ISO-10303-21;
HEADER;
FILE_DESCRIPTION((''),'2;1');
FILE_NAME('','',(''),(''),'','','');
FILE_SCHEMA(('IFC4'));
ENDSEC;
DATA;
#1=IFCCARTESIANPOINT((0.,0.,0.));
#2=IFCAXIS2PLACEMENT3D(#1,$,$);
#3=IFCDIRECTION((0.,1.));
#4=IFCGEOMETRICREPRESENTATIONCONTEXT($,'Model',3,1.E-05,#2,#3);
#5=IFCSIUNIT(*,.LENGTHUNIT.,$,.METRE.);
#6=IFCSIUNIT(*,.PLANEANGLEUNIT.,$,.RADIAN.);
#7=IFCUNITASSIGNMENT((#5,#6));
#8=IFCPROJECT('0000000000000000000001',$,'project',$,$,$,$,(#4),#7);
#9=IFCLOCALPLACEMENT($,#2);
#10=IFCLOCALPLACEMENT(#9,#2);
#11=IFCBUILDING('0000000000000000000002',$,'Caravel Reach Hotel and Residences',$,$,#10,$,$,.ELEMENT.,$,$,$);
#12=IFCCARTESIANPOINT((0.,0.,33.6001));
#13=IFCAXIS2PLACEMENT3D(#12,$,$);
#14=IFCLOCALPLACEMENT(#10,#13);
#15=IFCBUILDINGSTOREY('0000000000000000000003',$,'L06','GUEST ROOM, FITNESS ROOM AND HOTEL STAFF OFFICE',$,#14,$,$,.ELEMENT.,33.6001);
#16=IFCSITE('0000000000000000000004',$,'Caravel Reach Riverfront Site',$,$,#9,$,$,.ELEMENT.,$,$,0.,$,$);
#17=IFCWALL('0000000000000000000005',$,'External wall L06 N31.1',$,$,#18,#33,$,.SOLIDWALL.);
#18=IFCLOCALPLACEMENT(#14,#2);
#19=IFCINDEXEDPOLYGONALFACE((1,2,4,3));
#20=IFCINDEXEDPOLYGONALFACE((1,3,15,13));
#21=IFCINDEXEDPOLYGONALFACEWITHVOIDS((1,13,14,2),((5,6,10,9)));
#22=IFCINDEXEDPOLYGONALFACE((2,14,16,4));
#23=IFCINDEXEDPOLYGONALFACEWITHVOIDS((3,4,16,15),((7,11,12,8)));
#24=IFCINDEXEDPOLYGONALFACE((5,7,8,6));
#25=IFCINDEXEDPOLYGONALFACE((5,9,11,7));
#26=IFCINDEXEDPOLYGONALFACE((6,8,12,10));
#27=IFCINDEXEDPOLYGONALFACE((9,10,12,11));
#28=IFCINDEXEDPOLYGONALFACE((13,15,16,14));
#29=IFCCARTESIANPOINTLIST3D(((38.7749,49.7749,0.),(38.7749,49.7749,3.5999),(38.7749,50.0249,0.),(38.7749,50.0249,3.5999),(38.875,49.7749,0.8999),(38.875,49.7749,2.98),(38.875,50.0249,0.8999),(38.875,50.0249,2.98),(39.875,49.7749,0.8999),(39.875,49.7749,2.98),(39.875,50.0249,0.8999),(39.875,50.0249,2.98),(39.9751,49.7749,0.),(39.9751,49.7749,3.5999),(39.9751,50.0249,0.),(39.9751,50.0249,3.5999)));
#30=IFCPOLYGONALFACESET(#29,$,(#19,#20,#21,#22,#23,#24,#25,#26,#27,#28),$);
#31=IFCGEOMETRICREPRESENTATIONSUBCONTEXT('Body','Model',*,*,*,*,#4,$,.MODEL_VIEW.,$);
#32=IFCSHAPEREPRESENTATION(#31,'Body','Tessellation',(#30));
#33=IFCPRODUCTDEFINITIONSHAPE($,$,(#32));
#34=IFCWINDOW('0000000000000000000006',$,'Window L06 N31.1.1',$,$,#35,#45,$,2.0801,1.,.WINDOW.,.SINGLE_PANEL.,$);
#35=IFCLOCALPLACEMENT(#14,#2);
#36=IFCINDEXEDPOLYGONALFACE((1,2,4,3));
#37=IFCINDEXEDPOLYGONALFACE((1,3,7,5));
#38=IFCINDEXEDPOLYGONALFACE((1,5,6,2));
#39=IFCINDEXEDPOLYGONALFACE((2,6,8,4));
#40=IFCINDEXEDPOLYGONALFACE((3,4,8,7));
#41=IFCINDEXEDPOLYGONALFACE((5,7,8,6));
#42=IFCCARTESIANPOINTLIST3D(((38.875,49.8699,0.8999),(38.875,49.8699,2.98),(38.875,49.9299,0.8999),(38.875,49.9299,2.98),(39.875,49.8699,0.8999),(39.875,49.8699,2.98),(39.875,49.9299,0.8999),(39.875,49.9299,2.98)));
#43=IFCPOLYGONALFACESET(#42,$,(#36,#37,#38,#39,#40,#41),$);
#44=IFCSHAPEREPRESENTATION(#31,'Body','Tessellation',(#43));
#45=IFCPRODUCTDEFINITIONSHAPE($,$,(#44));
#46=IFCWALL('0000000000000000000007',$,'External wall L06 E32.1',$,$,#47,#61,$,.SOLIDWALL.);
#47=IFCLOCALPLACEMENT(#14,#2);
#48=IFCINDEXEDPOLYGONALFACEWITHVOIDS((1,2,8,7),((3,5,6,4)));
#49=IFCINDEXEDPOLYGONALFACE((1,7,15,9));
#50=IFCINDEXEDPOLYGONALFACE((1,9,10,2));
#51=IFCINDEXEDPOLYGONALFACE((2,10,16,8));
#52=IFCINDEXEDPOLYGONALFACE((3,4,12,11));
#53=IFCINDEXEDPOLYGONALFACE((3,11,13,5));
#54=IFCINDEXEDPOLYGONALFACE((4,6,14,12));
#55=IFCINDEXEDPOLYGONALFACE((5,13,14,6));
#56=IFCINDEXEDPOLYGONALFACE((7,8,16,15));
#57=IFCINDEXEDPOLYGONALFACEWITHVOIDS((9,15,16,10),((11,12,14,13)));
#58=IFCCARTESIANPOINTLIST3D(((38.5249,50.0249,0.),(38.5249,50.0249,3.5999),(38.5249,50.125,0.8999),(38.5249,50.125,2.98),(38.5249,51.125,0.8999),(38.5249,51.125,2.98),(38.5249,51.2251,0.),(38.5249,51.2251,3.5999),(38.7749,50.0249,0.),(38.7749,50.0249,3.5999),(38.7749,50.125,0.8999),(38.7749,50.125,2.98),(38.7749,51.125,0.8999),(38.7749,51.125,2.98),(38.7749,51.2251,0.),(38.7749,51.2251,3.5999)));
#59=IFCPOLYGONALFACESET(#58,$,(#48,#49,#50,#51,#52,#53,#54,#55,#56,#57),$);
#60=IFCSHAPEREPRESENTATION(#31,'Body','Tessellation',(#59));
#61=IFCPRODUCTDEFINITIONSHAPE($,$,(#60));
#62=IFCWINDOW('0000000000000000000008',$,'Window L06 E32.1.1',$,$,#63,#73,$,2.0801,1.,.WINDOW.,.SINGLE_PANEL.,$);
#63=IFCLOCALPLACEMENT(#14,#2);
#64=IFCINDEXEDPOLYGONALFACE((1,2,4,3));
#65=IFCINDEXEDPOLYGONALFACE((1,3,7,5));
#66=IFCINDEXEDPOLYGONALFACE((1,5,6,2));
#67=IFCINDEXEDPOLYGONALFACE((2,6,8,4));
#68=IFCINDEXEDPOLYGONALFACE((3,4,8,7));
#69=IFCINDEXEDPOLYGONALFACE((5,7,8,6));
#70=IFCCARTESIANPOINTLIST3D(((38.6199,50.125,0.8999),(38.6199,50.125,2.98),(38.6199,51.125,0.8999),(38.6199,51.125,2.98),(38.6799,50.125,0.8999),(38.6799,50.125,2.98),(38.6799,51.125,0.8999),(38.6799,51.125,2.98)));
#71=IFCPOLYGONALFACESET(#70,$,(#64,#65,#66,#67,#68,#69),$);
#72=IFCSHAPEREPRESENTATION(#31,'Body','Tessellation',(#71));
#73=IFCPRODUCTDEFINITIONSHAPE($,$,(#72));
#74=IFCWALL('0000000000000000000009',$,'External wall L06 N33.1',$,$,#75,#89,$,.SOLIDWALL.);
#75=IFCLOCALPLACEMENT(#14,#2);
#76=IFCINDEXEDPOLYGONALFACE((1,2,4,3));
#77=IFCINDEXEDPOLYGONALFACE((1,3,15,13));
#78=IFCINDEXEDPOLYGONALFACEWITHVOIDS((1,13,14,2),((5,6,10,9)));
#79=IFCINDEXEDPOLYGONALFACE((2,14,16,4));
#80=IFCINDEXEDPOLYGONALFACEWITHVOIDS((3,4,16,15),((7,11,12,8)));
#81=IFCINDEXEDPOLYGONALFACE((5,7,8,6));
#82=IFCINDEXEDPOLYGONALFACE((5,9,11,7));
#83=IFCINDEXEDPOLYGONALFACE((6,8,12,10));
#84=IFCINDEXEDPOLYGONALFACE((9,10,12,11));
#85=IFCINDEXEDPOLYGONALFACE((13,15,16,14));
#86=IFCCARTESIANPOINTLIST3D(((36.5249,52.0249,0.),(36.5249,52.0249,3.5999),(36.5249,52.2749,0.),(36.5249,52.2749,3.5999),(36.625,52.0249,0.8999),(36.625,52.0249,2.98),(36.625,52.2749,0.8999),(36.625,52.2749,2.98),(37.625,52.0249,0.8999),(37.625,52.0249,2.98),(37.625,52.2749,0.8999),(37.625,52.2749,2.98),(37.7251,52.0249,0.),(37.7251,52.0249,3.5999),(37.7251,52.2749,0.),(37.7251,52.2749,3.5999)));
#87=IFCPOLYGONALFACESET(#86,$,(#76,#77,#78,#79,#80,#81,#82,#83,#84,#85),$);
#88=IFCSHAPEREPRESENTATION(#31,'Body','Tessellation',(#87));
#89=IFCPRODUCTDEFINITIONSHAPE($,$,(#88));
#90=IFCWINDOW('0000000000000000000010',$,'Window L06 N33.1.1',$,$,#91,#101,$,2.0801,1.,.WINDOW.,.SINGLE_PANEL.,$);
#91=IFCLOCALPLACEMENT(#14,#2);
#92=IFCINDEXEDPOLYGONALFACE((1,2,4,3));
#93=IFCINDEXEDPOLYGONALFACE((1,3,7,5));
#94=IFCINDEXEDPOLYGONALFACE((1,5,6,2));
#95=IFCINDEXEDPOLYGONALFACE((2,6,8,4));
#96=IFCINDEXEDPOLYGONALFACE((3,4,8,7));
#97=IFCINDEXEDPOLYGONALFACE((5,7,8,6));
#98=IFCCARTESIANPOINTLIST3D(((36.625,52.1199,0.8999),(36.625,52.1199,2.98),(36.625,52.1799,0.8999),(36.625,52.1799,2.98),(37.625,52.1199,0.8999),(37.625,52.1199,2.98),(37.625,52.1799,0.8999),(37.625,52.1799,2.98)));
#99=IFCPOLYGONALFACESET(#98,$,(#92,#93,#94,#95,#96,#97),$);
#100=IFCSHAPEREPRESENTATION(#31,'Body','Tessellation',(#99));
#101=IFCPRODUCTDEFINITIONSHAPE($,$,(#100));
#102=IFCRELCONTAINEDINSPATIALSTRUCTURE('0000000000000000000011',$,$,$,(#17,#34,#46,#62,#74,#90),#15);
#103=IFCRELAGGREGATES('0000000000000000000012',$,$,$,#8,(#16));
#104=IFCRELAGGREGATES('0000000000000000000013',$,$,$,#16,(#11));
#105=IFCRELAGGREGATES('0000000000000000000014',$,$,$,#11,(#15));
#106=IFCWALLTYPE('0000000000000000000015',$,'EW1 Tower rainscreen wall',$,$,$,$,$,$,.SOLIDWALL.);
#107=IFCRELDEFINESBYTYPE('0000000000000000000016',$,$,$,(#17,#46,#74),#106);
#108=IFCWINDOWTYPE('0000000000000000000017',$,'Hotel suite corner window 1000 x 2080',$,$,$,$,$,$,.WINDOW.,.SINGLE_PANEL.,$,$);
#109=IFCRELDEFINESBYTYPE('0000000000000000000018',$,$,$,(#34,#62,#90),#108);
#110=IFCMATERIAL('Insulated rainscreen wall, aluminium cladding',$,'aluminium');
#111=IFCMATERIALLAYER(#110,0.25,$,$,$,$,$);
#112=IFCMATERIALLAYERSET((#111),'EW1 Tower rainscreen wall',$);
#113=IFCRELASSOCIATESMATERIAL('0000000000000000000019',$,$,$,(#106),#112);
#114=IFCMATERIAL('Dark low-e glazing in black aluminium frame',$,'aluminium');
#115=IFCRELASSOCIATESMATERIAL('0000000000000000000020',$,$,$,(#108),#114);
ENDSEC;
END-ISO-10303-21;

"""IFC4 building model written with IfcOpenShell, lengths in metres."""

from ifc_helpers import new_model, si_unit, direction, frame, frame_2d, origin, place, context, subcontext, project, spatial, rectangle, extrude, material, layer, layer_set, type_object, element, fill, save


model = new_model("IFC4")

# Units and contexts
model_context = context("Model", 3, precision=1e-05, world=origin(), true_north=direction((0.0, 1.0)))
body_context = subcontext(model_context, "Body", "Model", "MODEL_VIEW")
ifc_project = project(units=[si_unit("LENGTHUNIT", "METRE"), si_unit("PLANEANGLEUNIT", "RADIAN")], contexts=[model_context])

# Site, building, storey
site_placement = place(None, origin())
site = spatial("IfcSite", under=ifc_project, at=site_placement, Name="Caravel Reach Riverfront Site", CompositionType="ELEMENT", RefElevation=0.0)
building_placement = place(site_placement, origin())
building = spatial("IfcBuilding", under=site, at=building_placement, Name="Caravel Reach Hotel and Residences", CompositionType="ELEMENT")
storey_placement = place(building_placement, frame((0.0, 0.0, 33.6001)))
storey = spatial("IfcBuildingStorey", under=building, at=storey_placement, Name="L06", Description="GUEST ROOM, FITNESS ROOM AND HOTEL STAFF OFFICE", CompositionType="ELEMENT", Elevation=33.6001)

# Walls, openings, windows
ifc_material_1 = material(Name="Insulated rainscreen wall, aluminium cladding", Category="aluminium")
ifc_layer = layer(ifc_material_1, 0.25)
ifc_layer_set = layer_set([ifc_layer], Name="EW1 Tower rainscreen wall")
wall_type = type_object("IfcWallType", Name="EW1 Tower rainscreen wall", PredefinedType="SOLIDWALL", material=ifc_layer_set)
wall_1_placement = place(storey_placement, frame((39.9751, 49.8999, 0.0), z_axis=(0.0, 0.0, 1.0), x_axis=(-1.0, 0.0, 0.0)))
wall_1 = element("IfcWall", 1, at=wall_1_placement, inside=storey, type_object=wall_type, Name="External wall L06 N31.1", PredefinedType="SOLIDWALL", context=body_context, shape_type="SweptSolid", body=[
    extrude(rectangle(XDim=1.2002, YDim=0.25, at=frame_2d((0.6001, 0.0))), origin(), (0.0, 0.0, 1.0), 3.5999),
])
opening_1_placement = place(wall_1_placement, frame((0.1001, 0.0, 0.8999)))
opening_1 = element("IfcOpeningElement", 2, at=opening_1_placement, cuts=wall_1, PredefinedType="OPENING", context=body_context, shape_type="SweptSolid", body=[
    extrude(rectangle(XDim=1.0, YDim=2.0801, at=frame_2d((0.5, 1.04))), frame((0.0, 0.135, 0.0), z_axis=(0.0, -1.0, 0.0), x_axis=(1.0, 0.0, 0.0)), (0.0, 0.0, 1.0), 0.27),
])
ifc_material_2 = material(Name="Dark low-e glazing in black aluminium frame", Category="aluminium")
window_type = type_object("IfcWindowType", Name="Hotel suite corner window 1000 x 2080", PartitioningType="SINGLE_PANEL", PredefinedType="WINDOW", material=ifc_material_2)
window_1_placement = place(opening_1_placement, origin())
window_1 = element("IfcWindow", 3, at=window_1_placement, inside=storey, type_object=window_type, Name="Window L06 N31.1.1", OverallHeight=2.0801, OverallWidth=1.0, PartitioningType="SINGLE_PANEL", PredefinedType="WINDOW", context=body_context, shape_type="SweptSolid", body=[
    extrude(rectangle(XDim=1.0, YDim=2.0801, at=frame_2d((0.5, 1.04))), frame((0.0, 0.03, 0.0), z_axis=(0.0, -1.0, 0.0), x_axis=(1.0, 0.0, 0.0)), (0.0, 0.0, 1.0), 0.0601),
])
fill(opening_1, window_1)
wall_2_placement = place(storey_placement, frame((38.6499, 50.0249, 0.0), z_axis=(0.0, 0.0, 1.0), x_axis=(0.0, 1.0, 0.0)))
wall_2 = element("IfcWall", 4, at=wall_2_placement, inside=storey, type_object=wall_type, Name="External wall L06 E32.1", PredefinedType="SOLIDWALL", context=body_context, shape_type="SweptSolid", body=[
    extrude(rectangle(XDim=1.2002, YDim=0.25, at=frame_2d((0.6001, 0.0))), origin(), (0.0, 0.0, 1.0), 3.5999),
])
opening_2_placement = place(wall_2_placement, frame((0.1001, 0.0, 0.8999)))
opening_2 = element("IfcOpeningElement", 5, at=opening_2_placement, cuts=wall_2, PredefinedType="OPENING", context=body_context, shape_type="SweptSolid", body=[
    extrude(rectangle(XDim=1.0, YDim=2.0801, at=frame_2d((0.5, 1.04))), frame((0.0, 0.135, 0.0), z_axis=(0.0, -1.0, 0.0), x_axis=(1.0, 0.0, 0.0)), (0.0, 0.0, 1.0), 0.27),
])
window_2_placement = place(opening_2_placement, origin())
window_2 = element("IfcWindow", 6, at=window_2_placement, inside=storey, type_object=window_type, Name="Window L06 E32.1.1", OverallHeight=2.0801, OverallWidth=1.0, PartitioningType="SINGLE_PANEL", PredefinedType="WINDOW", context=body_context, shape_type="SweptSolid", body=[
    extrude(rectangle(XDim=1.0, YDim=2.0801, at=frame_2d((0.5, 1.04))), frame((0.0, 0.03, 0.0), z_axis=(0.0, -1.0, 0.0), x_axis=(1.0, 0.0, 0.0)), (0.0, 0.0, 1.0), 0.0601),
])
fill(opening_2, window_2)
wall_3_placement = place(storey_placement, frame((37.7251, 52.1499, 0.0), z_axis=(0.0, 0.0, 1.0), x_axis=(-1.0, 0.0, 0.0)))
wall_3 = element("IfcWall", 7, at=wall_3_placement, inside=storey, type_object=wall_type, Name="External wall L06 N33.1", PredefinedType="SOLIDWALL", context=body_context, shape_type="SweptSolid", body=[
    extrude(rectangle(XDim=1.2002, YDim=0.25, at=frame_2d((0.6001, 0.0))), origin(), (0.0, 0.0, 1.0), 3.5999),
])
opening_3_placement = place(wall_3_placement, frame((0.1001, 0.0, 0.8999)))
opening_3 = element("IfcOpeningElement", 8, at=opening_3_placement, cuts=wall_3, PredefinedType="OPENING", context=body_context, shape_type="SweptSolid", body=[
    extrude(rectangle(XDim=1.0, YDim=2.0801, at=frame_2d((0.5, 1.04))), frame((0.0, 0.135, 0.0), z_axis=(0.0, -1.0, 0.0), x_axis=(1.0, 0.0, 0.0)), (0.0, 0.0, 1.0), 0.27),
])
window_3_placement = place(opening_3_placement, origin())
window_3 = element("IfcWindow", 9, at=window_3_placement, inside=storey, type_object=window_type, Name="Window L06 N33.1.1", OverallHeight=2.0801, OverallWidth=1.0, PartitioningType="SINGLE_PANEL", PredefinedType="WINDOW", context=body_context, shape_type="SweptSolid", body=[
    extrude(rectangle(XDim=1.0, YDim=2.0801, at=frame_2d((0.5, 1.04))), frame((0.0, 0.03, 0.0), z_axis=(0.0, -1.0, 0.0), x_axis=(1.0, 0.0, 0.0)), (0.0, 0.0, 1.0), 0.0601),
])
fill(opening_3, window_3)

save(model, "model.ifc")
